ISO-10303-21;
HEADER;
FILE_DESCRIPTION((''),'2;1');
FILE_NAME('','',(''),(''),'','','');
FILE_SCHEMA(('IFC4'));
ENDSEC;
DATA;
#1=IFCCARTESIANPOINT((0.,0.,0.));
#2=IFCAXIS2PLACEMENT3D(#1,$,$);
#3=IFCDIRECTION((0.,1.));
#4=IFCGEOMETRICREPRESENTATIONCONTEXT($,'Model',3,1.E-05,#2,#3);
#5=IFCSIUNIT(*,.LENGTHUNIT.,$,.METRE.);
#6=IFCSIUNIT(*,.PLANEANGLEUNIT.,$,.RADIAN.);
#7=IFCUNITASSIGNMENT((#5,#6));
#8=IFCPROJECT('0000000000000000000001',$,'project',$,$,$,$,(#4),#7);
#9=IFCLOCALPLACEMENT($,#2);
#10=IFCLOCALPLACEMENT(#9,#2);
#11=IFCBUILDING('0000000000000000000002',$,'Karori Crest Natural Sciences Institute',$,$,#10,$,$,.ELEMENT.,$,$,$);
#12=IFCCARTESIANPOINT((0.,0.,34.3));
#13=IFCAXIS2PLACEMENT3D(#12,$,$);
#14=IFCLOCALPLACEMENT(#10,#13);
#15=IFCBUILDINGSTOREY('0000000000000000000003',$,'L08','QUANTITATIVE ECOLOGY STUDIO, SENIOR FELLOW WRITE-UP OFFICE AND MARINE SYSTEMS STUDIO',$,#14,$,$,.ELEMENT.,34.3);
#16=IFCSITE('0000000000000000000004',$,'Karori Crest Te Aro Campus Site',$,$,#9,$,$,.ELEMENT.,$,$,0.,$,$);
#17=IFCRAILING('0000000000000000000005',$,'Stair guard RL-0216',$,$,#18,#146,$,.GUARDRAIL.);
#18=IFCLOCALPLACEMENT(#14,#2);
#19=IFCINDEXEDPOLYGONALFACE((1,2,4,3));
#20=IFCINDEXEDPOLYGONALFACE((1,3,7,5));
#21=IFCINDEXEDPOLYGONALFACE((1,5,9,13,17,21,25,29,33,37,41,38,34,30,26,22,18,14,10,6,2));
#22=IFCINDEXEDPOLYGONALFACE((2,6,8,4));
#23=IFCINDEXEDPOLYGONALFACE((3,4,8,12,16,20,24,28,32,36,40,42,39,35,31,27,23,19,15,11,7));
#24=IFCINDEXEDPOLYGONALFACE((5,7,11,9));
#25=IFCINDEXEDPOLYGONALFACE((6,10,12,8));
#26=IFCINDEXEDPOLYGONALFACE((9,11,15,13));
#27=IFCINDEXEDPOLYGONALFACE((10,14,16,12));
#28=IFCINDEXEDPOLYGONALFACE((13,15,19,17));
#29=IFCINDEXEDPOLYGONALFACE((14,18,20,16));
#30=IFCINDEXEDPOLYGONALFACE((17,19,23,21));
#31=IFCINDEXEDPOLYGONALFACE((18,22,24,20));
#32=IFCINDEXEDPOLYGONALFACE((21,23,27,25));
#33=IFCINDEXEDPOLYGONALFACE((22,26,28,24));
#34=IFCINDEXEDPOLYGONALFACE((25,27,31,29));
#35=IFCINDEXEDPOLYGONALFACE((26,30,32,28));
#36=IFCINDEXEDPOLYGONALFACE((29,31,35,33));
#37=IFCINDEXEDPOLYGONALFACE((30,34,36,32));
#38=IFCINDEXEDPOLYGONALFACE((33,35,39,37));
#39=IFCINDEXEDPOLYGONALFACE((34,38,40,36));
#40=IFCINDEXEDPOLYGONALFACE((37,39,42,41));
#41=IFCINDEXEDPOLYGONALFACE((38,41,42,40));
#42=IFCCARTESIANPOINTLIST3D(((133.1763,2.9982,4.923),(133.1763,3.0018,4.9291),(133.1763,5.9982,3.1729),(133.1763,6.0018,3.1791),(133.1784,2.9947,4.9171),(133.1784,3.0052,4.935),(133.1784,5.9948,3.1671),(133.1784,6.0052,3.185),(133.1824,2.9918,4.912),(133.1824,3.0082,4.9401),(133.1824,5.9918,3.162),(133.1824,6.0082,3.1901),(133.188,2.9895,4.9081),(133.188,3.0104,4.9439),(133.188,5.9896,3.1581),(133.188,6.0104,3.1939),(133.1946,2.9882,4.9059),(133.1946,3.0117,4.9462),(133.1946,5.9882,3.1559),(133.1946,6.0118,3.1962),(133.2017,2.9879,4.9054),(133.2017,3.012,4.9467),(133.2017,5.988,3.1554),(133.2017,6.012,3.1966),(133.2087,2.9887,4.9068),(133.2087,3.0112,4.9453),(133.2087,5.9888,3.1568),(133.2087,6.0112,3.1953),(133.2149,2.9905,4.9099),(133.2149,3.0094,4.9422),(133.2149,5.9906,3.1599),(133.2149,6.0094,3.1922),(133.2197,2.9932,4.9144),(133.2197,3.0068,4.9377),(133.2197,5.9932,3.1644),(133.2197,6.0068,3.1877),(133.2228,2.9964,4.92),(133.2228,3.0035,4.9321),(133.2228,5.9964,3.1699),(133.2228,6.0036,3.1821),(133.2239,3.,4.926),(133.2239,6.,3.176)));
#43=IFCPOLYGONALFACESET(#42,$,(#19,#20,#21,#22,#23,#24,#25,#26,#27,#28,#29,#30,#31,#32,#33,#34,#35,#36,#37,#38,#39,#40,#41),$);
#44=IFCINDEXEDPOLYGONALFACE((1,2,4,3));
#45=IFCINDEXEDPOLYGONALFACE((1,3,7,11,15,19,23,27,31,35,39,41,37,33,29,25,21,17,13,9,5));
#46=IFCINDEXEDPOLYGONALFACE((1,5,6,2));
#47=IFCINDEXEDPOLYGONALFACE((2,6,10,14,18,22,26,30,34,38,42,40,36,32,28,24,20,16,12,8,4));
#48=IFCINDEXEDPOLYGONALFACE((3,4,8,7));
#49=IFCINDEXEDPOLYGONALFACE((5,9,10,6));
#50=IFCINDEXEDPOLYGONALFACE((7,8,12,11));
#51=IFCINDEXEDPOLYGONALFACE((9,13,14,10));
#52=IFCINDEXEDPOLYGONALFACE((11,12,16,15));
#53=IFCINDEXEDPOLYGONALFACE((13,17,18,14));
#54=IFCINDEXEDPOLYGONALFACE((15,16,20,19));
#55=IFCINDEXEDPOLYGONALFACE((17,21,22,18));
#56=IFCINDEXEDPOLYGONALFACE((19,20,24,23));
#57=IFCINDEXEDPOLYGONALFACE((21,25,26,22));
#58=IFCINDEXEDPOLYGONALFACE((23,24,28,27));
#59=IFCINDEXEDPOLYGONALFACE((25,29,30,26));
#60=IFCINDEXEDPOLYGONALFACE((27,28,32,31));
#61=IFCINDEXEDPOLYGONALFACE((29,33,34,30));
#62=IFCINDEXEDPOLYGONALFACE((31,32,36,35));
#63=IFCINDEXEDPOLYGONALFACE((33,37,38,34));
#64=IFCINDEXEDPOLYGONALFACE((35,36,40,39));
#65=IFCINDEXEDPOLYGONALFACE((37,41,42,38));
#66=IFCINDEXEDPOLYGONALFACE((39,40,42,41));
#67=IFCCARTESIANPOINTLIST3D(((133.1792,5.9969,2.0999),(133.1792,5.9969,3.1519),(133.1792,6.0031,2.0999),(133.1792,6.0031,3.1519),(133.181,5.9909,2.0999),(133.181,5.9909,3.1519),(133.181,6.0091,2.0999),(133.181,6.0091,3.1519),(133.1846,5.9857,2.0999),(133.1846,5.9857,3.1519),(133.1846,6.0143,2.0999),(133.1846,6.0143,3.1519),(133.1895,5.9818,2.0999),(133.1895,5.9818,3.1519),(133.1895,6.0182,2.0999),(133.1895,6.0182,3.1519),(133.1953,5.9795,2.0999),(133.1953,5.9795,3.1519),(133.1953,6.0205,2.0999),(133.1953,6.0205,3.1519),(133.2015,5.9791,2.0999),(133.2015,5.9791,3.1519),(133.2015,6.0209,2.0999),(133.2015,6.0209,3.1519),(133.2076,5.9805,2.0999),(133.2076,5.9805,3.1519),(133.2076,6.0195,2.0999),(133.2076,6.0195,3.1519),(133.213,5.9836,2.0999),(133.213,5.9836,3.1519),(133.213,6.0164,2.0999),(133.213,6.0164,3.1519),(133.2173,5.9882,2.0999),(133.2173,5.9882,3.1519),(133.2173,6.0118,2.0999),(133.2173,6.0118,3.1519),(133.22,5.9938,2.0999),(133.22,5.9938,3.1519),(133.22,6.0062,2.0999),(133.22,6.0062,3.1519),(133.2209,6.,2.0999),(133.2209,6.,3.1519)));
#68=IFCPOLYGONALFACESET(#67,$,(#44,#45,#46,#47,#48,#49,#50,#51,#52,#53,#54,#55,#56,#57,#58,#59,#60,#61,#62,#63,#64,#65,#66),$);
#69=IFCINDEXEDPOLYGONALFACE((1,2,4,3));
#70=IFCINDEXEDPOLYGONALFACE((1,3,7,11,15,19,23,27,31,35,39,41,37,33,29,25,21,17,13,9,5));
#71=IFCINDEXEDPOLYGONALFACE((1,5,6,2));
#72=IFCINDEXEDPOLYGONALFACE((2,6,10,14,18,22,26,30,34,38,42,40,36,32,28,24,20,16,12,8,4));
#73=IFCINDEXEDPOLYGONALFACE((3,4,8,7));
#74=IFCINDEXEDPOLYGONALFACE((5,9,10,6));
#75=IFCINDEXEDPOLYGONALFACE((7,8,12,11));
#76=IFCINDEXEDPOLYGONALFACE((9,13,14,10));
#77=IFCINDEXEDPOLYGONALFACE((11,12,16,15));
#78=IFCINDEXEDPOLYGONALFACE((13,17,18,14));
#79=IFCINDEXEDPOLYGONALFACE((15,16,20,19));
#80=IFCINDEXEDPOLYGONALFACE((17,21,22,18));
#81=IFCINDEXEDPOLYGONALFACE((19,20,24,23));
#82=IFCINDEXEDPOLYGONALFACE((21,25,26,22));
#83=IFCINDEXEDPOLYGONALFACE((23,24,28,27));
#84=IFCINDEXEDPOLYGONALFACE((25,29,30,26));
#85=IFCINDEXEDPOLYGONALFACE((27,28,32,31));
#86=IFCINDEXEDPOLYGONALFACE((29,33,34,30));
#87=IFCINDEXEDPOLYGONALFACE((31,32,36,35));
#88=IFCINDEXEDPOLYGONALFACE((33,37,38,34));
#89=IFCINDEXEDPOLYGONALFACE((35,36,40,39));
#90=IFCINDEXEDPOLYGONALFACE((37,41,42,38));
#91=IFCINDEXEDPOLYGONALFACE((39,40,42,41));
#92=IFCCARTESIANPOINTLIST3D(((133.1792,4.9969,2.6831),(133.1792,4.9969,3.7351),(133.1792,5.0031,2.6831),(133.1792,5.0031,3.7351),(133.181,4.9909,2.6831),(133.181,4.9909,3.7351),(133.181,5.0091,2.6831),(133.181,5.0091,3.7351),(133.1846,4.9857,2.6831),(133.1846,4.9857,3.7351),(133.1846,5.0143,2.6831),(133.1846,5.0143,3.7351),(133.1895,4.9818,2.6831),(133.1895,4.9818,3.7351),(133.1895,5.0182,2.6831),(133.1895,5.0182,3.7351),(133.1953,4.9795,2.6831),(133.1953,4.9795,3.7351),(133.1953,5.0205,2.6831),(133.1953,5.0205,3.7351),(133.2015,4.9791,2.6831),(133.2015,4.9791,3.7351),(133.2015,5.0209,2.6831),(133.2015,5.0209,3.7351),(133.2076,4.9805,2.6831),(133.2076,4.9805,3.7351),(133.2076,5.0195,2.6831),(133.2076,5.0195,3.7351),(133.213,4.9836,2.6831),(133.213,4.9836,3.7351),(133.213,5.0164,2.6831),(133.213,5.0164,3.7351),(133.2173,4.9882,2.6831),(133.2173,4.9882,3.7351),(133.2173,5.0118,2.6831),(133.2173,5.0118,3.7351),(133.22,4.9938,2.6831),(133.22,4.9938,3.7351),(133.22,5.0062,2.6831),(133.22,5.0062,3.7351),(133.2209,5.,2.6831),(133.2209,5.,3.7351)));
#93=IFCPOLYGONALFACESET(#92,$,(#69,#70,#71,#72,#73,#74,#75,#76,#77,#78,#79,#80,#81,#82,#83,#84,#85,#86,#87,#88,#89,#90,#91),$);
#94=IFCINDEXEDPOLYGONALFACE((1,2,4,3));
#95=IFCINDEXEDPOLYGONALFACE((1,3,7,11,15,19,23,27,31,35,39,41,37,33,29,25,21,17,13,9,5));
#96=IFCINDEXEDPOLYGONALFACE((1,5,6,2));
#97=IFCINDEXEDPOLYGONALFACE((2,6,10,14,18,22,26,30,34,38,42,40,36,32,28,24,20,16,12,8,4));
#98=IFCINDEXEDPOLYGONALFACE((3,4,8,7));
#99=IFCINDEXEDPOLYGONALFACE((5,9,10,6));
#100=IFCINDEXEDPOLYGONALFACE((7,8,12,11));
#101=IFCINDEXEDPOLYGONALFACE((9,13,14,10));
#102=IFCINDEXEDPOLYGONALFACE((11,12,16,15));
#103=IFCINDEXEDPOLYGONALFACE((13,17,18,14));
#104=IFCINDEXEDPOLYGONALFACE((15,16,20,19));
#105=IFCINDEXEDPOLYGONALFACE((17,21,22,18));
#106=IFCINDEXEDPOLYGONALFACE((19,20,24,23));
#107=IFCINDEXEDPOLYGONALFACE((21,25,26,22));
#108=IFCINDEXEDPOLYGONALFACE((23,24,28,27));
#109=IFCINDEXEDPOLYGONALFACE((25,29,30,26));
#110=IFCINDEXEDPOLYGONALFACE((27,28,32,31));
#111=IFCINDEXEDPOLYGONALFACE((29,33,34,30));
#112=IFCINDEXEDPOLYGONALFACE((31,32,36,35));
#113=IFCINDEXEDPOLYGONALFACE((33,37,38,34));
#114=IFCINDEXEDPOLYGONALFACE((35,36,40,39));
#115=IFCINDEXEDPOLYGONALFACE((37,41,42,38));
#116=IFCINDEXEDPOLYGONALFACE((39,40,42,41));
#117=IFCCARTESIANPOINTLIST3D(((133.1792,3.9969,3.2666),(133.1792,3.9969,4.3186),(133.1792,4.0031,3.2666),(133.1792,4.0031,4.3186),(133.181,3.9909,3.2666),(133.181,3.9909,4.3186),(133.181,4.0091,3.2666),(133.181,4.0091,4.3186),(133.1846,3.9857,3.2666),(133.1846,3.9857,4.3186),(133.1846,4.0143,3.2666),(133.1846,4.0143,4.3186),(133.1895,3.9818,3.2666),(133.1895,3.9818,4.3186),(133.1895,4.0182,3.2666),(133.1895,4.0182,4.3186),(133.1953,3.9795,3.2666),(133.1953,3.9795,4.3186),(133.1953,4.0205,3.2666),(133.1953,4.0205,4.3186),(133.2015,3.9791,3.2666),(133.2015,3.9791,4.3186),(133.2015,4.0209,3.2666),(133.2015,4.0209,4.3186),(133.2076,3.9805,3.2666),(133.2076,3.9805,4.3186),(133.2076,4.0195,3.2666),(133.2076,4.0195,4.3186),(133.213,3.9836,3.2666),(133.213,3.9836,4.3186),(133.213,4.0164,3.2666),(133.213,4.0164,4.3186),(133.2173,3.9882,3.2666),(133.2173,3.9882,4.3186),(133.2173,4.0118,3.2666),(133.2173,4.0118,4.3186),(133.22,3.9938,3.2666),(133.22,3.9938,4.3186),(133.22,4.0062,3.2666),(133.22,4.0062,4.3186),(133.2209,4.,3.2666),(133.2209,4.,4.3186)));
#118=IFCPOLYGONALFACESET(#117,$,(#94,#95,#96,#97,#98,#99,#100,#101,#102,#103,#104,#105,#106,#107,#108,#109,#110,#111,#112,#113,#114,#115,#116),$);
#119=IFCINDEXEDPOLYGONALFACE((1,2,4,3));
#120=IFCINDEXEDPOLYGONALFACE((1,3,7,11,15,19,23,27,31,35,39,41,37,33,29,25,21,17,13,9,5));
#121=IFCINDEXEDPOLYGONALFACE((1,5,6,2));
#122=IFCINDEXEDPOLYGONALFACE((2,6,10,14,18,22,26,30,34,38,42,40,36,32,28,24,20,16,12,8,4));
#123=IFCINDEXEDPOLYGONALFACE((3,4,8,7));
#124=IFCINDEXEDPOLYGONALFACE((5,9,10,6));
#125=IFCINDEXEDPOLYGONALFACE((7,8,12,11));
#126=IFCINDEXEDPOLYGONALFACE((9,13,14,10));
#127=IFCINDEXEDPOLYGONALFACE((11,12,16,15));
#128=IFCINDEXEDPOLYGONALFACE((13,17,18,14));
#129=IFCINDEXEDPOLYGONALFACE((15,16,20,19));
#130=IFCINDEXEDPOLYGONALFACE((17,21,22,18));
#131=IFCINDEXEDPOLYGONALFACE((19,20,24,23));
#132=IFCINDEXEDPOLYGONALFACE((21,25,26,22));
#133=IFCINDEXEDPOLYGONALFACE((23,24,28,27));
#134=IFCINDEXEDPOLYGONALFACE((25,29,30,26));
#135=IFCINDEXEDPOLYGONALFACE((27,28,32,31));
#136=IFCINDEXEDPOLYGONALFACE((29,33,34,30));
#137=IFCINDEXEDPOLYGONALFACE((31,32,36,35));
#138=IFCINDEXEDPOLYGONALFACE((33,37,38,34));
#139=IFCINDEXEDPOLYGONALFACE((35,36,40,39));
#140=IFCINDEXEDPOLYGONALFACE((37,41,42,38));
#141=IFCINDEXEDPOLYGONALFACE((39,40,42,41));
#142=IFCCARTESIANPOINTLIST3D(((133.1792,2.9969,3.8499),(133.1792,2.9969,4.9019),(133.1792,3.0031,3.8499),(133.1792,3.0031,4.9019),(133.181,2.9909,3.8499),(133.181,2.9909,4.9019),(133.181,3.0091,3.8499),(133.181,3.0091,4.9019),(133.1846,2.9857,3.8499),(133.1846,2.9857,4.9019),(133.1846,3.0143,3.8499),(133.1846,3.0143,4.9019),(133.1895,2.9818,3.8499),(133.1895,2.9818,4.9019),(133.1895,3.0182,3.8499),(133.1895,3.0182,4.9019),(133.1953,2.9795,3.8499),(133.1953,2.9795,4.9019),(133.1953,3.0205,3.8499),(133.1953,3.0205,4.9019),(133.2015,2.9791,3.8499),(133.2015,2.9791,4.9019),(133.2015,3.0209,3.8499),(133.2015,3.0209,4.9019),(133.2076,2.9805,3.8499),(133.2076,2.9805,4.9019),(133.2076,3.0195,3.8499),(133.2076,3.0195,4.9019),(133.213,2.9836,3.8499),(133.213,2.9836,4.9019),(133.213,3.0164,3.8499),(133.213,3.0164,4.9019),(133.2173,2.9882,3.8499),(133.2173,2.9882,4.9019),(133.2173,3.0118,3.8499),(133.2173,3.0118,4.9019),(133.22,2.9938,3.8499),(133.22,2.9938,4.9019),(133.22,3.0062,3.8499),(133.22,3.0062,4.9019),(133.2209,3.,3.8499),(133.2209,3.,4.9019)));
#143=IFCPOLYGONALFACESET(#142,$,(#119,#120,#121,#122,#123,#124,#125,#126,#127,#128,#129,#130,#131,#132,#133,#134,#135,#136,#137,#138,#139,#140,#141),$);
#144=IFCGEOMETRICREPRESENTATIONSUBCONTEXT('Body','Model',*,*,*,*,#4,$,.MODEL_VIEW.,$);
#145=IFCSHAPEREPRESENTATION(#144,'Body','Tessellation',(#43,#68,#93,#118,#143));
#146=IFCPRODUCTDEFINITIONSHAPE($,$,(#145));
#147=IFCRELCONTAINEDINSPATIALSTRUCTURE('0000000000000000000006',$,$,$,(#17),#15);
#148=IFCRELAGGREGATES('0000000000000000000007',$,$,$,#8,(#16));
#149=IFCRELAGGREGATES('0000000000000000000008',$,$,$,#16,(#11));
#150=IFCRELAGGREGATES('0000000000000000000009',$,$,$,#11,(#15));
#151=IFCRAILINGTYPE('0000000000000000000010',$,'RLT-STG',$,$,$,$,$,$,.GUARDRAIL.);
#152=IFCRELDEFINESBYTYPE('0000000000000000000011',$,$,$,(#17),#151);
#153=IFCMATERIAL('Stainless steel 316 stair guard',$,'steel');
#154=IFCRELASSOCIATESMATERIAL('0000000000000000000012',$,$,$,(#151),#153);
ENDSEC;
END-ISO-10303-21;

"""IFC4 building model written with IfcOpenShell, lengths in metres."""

from ifc_helpers import new_model, si_unit, direction, frame, origin, origin_2d, place, context, subcontext, project, spatial, circle, extrude, material, type_object, element, save


model = new_model("IFC4")

# Units and contexts
model_context = context("Model", 3, precision=1e-05, world=origin(), true_north=direction((0.0, 1.0)))
body_context = subcontext(model_context, "Body", "Model", "MODEL_VIEW")
ifc_project = project(units=[si_unit("LENGTHUNIT", "METRE"), si_unit("PLANEANGLEUNIT", "RADIAN")], contexts=[model_context])

# Site, building, storey
site_placement = place(None, origin())
site = spatial("IfcSite", under=ifc_project, at=site_placement, Name="Karori Crest Te Aro Campus Site", CompositionType="ELEMENT", RefElevation=0.0)
building_placement = place(site_placement, origin())
building = spatial("IfcBuilding", under=site, at=building_placement, Name="Karori Crest Natural Sciences Institute", CompositionType="ELEMENT")
storey_placement = place(building_placement, frame((0.0, 0.0, 34.3)))
storey = spatial("IfcBuildingStorey", under=building, at=storey_placement, Name="L08", Description="QUANTITATIVE ECOLOGY STUDIO, SENIOR FELLOW WRITE-UP OFFICE AND MARINE SYSTEMS STUDIO", CompositionType="ELEMENT", Elevation=34.3)

# Railing
ifc_material_1 = material(Name="Stainless steel 316 stair guard", Category="steel")
railing_type_1 = type_object("IfcRailingType", Name="RLT-STG", PredefinedType="GUARDRAIL", material=ifc_material_1)
railing_1_placement = place(storey_placement, frame((133.2, 6.0, 2.0999)))
element("IfcRailing", 1, at=railing_1_placement, inside=storey, type_object=railing_type_1, Name="Stair guard RL-0216", PredefinedType="GUARDRAIL", context=body_context, shape_type="SweptSolid", body=[
    extrude(circle(Radius=0.0239, at=origin_2d()), frame((0.0, 0.0, 1.0762), z_axis=(0.0, -0.863779, 0.503871), x_axis=(1.0, 0.0, 0.0)), (0.0, 0.0, 1.0), 3.4731),
    extrude(circle(Radius=0.021, at=origin_2d()), origin(), (0.0, 0.0, 1.0), 1.052),
    extrude(circle(Radius=0.021, at=origin_2d()), frame((0.0, -1.0, 0.5833)), (0.0, 0.0, 1.0), 1.052),
    extrude(circle(Radius=0.021, at=origin_2d()), frame((0.0, -2.0, 1.1667)), (0.0, 0.0, 1.0), 1.052),
    extrude(circle(Radius=0.021, at=origin_2d()), frame((0.0, -3.0, 1.75)), (0.0, 0.0, 1.0), 1.052),
])

save(model, "model.ifc")
